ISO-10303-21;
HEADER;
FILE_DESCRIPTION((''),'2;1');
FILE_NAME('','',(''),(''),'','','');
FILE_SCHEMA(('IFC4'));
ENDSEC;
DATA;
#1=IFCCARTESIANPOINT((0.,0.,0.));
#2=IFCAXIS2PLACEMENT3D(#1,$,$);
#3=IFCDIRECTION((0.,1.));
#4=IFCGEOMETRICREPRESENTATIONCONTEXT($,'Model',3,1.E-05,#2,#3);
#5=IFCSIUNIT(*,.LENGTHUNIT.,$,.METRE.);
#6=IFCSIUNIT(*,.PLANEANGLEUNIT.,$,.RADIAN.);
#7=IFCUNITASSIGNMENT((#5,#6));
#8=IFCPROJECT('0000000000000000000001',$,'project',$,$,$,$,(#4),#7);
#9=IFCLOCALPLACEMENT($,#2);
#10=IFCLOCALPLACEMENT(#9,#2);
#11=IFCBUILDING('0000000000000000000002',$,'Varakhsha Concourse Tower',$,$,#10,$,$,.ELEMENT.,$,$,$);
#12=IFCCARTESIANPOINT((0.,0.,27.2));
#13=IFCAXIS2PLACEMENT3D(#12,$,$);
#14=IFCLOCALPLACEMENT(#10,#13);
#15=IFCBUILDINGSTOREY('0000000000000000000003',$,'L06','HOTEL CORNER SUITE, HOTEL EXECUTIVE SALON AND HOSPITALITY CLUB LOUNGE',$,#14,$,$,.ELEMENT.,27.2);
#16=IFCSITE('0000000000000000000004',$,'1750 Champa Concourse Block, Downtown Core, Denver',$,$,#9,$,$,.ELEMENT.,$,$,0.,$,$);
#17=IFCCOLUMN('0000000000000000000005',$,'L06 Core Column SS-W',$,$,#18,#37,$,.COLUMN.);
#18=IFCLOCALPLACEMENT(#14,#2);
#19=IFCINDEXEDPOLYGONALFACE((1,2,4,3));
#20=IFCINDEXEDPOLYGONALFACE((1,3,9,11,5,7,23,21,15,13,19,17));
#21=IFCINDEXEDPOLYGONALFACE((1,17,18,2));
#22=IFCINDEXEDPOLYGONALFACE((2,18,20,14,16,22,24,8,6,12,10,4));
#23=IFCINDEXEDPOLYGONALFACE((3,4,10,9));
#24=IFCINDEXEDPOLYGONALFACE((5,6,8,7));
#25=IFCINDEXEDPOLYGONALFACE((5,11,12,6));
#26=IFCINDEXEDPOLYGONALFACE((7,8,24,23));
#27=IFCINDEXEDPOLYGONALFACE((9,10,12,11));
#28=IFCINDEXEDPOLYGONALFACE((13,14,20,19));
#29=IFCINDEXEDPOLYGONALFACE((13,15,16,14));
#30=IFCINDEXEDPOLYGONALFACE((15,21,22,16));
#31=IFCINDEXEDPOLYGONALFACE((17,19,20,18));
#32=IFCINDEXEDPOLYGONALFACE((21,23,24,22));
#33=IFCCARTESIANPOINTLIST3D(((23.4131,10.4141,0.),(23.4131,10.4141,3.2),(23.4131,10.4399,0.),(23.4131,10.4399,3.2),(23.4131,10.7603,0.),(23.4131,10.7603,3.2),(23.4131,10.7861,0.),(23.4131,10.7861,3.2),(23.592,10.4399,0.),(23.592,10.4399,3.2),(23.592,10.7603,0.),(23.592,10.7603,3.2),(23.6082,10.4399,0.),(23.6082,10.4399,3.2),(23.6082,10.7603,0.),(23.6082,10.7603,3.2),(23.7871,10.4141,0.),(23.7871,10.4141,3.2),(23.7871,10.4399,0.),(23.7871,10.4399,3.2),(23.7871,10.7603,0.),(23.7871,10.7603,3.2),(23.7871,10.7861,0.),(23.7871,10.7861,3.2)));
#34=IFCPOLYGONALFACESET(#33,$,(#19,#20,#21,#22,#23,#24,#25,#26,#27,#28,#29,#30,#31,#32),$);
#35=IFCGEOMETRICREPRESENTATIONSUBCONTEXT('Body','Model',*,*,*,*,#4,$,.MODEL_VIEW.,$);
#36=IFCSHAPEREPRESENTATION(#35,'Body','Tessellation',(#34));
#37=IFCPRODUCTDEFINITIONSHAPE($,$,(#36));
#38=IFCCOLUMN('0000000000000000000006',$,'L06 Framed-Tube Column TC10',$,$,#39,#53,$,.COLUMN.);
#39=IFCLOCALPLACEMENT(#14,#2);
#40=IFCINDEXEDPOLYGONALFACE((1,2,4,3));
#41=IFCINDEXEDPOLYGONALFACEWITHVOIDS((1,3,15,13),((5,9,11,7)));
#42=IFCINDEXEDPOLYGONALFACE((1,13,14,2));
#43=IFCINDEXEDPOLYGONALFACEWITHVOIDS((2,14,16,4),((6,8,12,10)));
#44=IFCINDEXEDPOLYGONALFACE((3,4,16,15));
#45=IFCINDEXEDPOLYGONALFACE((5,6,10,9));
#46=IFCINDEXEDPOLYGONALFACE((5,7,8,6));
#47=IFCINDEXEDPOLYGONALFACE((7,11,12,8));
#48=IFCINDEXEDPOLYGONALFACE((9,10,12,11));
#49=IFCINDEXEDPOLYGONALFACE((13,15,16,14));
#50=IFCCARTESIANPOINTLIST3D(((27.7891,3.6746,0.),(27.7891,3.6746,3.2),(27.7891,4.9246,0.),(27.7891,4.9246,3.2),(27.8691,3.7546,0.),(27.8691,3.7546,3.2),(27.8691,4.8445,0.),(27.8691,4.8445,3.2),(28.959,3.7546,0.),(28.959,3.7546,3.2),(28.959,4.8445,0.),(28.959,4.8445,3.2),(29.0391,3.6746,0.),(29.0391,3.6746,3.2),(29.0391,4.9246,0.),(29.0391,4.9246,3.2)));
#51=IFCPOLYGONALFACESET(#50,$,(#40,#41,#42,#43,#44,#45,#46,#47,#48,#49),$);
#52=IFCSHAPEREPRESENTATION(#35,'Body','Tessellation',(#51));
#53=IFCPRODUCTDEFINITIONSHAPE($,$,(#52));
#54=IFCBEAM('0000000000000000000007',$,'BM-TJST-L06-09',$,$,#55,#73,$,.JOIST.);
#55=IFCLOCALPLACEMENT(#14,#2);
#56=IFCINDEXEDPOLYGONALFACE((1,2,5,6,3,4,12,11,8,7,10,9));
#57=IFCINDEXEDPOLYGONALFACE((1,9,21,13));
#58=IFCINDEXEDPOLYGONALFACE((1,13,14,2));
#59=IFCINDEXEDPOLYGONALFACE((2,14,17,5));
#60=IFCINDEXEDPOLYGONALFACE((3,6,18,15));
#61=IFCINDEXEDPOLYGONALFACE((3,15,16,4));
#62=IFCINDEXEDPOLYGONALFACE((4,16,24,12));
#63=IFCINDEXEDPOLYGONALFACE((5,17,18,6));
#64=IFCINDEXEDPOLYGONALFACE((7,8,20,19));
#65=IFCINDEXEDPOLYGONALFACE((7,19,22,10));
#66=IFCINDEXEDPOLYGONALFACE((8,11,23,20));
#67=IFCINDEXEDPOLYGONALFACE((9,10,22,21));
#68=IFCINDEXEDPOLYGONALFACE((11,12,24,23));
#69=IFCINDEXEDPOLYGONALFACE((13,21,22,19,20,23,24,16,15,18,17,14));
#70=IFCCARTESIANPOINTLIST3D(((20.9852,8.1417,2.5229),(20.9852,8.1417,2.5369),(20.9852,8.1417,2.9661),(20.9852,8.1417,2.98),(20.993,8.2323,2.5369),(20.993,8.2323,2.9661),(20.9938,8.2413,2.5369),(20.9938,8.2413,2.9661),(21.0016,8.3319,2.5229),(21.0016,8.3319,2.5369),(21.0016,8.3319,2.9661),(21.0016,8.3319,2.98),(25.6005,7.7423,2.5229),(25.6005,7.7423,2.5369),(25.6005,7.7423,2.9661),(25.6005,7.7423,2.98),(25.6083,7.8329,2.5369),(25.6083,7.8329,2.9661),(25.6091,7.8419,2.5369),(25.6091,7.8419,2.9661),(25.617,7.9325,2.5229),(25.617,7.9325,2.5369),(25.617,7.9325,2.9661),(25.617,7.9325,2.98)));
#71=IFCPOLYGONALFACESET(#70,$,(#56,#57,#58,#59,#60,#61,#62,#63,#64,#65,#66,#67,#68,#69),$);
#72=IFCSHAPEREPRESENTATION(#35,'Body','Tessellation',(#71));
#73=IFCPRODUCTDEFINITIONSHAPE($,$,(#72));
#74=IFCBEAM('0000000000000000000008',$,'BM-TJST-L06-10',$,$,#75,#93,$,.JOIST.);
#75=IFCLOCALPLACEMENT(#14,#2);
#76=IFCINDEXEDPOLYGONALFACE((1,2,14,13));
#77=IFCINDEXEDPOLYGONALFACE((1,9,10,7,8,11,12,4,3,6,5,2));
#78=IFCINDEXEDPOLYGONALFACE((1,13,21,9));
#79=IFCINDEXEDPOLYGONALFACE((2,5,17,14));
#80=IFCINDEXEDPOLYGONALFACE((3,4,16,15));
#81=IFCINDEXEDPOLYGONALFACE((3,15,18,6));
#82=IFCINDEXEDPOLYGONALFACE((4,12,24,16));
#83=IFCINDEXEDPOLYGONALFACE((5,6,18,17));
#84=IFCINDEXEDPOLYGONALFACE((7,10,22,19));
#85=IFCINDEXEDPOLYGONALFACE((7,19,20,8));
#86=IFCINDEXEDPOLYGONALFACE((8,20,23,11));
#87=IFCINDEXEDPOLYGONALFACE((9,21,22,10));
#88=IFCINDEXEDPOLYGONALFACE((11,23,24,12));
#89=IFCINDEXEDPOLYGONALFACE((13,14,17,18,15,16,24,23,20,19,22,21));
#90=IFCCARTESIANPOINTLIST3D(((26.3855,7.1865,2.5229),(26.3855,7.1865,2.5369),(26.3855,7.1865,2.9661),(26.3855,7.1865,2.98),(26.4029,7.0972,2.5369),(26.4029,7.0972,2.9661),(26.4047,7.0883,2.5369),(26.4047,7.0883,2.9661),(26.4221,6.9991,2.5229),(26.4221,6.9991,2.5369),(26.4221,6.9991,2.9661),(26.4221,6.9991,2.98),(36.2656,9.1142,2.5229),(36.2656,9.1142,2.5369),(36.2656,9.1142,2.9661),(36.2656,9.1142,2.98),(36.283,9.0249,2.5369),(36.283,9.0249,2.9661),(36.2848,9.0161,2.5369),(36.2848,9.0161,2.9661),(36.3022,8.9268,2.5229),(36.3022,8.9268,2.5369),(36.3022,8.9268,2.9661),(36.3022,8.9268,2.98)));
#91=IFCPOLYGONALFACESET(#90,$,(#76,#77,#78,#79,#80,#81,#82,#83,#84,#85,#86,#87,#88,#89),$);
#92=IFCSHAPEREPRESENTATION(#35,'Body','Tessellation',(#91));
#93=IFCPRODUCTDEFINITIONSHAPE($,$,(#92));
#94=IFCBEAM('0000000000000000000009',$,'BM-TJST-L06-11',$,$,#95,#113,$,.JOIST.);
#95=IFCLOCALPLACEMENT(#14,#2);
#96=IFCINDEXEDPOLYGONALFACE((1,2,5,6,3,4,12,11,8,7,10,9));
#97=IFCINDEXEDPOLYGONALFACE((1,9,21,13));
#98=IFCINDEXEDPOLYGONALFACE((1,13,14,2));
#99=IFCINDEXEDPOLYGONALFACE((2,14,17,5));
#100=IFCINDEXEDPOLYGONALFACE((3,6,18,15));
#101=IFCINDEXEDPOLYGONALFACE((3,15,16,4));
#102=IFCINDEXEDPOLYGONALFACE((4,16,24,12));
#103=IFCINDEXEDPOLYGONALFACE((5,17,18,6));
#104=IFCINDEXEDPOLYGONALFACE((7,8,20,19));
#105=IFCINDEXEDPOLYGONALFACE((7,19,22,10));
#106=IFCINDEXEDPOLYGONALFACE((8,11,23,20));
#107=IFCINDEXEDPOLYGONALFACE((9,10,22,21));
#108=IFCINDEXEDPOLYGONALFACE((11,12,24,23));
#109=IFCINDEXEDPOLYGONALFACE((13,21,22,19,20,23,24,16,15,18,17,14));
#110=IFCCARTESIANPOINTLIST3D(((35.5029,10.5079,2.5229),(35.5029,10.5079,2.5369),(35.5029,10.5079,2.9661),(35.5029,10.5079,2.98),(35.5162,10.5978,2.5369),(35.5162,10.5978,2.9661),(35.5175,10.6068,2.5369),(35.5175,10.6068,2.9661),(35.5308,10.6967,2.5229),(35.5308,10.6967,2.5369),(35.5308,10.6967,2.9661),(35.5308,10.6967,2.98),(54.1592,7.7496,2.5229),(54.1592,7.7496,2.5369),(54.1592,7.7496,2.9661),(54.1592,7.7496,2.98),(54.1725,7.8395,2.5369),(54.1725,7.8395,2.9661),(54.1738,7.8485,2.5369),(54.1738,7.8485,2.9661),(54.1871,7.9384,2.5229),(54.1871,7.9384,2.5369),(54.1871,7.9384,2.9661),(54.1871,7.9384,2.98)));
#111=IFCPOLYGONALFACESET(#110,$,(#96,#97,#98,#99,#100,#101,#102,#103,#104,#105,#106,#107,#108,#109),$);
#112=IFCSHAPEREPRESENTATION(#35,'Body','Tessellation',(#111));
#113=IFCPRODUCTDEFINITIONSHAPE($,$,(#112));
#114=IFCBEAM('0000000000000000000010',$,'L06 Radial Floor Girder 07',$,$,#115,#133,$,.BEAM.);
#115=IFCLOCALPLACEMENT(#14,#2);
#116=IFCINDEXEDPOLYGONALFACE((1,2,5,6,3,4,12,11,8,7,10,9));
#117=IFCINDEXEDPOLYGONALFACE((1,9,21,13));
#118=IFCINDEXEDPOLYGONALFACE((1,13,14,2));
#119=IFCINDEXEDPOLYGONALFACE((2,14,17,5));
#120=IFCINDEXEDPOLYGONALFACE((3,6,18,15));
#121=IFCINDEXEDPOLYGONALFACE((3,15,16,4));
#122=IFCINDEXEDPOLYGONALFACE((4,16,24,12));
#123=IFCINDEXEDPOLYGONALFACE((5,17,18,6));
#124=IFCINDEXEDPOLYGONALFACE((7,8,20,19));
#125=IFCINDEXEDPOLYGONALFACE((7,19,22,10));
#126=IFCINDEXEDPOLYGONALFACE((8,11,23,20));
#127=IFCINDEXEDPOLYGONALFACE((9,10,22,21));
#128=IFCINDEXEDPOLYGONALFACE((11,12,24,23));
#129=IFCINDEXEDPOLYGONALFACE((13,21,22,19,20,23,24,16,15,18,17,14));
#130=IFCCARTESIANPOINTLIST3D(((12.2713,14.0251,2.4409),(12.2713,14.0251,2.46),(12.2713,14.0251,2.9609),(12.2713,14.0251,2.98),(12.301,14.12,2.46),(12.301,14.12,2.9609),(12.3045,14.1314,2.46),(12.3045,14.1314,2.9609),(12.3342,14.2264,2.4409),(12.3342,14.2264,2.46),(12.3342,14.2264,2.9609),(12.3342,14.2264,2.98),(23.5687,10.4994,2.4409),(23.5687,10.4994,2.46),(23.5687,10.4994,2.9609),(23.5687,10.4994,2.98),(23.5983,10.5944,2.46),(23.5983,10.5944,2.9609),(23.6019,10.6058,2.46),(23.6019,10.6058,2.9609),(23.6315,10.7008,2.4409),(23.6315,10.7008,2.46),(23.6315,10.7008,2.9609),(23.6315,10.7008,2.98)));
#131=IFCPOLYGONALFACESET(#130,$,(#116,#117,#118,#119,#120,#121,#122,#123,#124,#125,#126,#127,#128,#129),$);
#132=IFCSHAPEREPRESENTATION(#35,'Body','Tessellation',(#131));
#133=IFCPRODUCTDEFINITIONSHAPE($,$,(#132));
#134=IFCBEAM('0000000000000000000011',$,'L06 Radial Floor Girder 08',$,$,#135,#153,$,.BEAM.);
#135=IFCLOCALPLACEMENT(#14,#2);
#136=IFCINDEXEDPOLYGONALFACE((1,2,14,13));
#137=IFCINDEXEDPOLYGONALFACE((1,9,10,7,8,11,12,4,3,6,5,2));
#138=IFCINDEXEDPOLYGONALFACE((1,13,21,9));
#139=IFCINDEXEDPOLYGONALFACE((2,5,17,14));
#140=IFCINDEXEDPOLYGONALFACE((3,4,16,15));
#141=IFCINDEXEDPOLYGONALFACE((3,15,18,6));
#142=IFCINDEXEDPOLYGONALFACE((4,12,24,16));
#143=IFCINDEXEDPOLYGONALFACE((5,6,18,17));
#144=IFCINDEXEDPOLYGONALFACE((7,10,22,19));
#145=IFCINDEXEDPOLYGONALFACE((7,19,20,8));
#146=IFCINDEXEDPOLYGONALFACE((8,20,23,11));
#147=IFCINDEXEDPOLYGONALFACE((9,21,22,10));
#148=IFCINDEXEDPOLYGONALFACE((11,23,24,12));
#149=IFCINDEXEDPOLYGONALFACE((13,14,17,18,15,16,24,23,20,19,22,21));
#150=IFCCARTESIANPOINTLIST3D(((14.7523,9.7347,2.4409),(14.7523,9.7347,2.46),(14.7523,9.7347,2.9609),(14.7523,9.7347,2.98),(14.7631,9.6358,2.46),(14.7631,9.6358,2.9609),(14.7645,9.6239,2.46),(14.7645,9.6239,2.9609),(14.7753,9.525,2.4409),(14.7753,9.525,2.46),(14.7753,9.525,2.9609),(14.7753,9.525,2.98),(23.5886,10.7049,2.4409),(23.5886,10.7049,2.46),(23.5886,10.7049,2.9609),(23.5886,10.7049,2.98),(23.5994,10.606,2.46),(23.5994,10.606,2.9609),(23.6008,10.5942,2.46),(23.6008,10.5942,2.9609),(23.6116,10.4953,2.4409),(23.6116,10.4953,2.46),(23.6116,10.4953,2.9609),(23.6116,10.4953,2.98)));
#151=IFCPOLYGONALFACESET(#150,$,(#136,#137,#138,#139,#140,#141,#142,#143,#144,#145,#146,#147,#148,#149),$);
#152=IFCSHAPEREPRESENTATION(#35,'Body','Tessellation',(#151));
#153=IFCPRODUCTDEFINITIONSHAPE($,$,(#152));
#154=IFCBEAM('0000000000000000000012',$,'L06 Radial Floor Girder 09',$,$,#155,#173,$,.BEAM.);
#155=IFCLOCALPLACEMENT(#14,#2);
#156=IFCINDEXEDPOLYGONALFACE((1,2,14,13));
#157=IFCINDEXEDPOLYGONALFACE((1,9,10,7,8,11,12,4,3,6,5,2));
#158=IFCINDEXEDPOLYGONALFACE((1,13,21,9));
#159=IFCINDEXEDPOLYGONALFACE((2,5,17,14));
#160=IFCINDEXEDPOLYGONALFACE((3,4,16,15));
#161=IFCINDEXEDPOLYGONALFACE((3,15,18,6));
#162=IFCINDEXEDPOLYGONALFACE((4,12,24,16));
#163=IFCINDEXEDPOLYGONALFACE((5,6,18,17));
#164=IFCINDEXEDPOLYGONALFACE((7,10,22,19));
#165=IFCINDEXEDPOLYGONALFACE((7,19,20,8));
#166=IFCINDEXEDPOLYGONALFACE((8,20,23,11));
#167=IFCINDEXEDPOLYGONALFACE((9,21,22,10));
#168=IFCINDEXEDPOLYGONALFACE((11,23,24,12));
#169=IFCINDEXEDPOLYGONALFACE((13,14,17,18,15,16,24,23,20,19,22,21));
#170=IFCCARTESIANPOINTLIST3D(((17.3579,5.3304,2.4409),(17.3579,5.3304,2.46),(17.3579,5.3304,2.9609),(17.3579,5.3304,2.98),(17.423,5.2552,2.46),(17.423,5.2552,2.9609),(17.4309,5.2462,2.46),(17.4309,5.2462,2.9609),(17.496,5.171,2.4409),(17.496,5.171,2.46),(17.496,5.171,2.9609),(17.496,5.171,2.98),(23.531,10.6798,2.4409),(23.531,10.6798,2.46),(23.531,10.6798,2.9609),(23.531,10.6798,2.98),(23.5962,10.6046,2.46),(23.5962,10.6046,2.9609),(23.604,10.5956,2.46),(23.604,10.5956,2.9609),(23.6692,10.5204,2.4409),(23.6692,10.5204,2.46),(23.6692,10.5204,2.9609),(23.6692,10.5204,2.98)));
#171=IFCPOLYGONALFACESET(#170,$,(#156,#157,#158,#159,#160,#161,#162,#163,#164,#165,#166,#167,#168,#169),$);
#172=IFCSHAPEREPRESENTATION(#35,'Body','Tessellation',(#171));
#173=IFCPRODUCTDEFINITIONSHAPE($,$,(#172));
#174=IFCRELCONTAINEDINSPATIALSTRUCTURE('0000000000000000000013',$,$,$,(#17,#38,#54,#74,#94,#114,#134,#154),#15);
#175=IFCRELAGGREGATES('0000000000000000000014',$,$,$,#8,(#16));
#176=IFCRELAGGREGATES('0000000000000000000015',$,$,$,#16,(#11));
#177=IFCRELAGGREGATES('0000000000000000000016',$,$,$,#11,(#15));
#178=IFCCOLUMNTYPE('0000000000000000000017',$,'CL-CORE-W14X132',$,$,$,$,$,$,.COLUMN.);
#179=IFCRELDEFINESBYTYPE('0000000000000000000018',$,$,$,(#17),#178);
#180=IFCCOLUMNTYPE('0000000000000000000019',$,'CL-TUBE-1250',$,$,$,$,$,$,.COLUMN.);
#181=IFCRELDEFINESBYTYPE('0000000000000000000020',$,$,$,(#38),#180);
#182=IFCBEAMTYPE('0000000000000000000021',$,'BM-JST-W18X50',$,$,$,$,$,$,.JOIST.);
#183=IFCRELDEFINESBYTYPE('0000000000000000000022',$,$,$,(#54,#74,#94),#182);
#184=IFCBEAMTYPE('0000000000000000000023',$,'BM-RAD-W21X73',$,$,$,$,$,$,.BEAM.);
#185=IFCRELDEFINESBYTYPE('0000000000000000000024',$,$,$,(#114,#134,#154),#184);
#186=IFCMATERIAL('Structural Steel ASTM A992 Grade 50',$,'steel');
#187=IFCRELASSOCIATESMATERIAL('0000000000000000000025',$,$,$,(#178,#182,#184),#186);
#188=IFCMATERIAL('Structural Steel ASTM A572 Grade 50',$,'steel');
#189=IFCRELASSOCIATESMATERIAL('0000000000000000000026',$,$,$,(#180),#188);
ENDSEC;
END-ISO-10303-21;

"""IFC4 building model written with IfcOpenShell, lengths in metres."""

from ifc_helpers import new_model, si_unit, direction, frame, origin, origin_2d, place, context, subcontext, project, spatial, hollow_rectangle, i_section, extrude, material, material_profile, profile_set, type_object, element, save


model = new_model("IFC4")

# Units and contexts
model_context = context("Model", 3, precision=1e-05, world=origin(), true_north=direction((0.0, 1.0)))
body_context = subcontext(model_context, "Body", "Model", "MODEL_VIEW")
ifc_project = project(units=[si_unit("LENGTHUNIT", "METRE"), si_unit("PLANEANGLEUNIT", "RADIAN")], contexts=[model_context])

# Site, building, storey
site_placement = place(None, origin())
site = spatial("IfcSite", under=ifc_project, at=site_placement, Name="1750 Champa Concourse Block, Downtown Core, Denver", CompositionType="ELEMENT", RefElevation=0.0)
building_placement = place(site_placement, origin())
building = spatial("IfcBuilding", under=site, at=building_placement, Name="Varakhsha Concourse Tower", CompositionType="ELEMENT")
storey_placement = place(building_placement, frame((0.0, 0.0, 27.2)))
storey = spatial("IfcBuildingStorey", under=building, at=storey_placement, Name="L06", Description="HOTEL CORNER SUITE, HOTEL EXECUTIVE SALON AND HOSPITALITY CLUB LOUNGE", CompositionType="ELEMENT", Elevation=27.2)

# Columns
ifc_material_1 = material(Name="Structural Steel ASTM A992 Grade 50", Category="steel")
ifc_material_profile_1 = material_profile(ifc_material_1, i_section(OverallWidth=0.374, OverallDepth=0.3721, WebThickness=0.0161, FlangeThickness=0.0259, at=origin_2d()), Name="W14X132")
ifc_profile_set_1 = profile_set([ifc_material_profile_1], Name="Structural Steel ASTM A992 Grade 50")
column_type_1 = type_object("IfcColumnType", Name="CL-CORE-W14X132", PredefinedType="COLUMN", material=ifc_profile_set_1)
column_1_placement = place(storey_placement, frame((23.6001, 10.6001, 0.0), z_axis=(0.0, 0.0, 1.0), x_axis=(1.0, 0.0, 0.0)))
element("IfcColumn", 1, at=column_1_placement, inside=storey, type_object=column_type_1, Name="L06 Core Column SS-W", PredefinedType="COLUMN", context=body_context, shape_type="SweptSolid", body=[
    extrude(i_section(OverallWidth=0.374, OverallDepth=0.3721, WebThickness=0.0161, FlangeThickness=0.0259, at=origin_2d()), origin(), (0.0, 0.0, 1.0), 3.2),
])
ifc_material_2 = material(Name="Structural Steel ASTM A572 Grade 50", Category="steel")
ifc_material_profile_2 = material_profile(ifc_material_2, hollow_rectangle(XDim=1.25, YDim=1.25, WallThickness=0.0801, at=origin_2d()), Name="BOX 1250x1250x80")
ifc_profile_set_2 = profile_set([ifc_material_profile_2], Name="Structural Steel ASTM A572 Grade 50")
column_type_2 = type_object("IfcColumnType", Name="CL-TUBE-1250", PredefinedType="COLUMN", material=ifc_profile_set_2)
column_2_placement = place(storey_placement, frame((28.4141, 4.2996, 0.0), z_axis=(0.0, 0.0, 1.0), x_axis=(1.0, 0.0, 0.0)))
element("IfcColumn", 2, at=column_2_placement, inside=storey, type_object=column_type_2, Name="L06 Framed-Tube Column TC10", PredefinedType="COLUMN", context=body_context, shape_type="SweptSolid", body=[
    extrude(hollow_rectangle(XDim=1.25, YDim=1.25, WallThickness=0.0801, at=origin_2d()), origin(), (0.0, 0.0, 1.0), 3.2),
])

# Beams
ifc_material_profile_3 = material_profile(ifc_material_1, i_section(OverallWidth=0.1909, OverallDepth=0.457, WebThickness=0.009, FlangeThickness=0.0139, at=origin_2d()), Name="W18X50")
ifc_profile_set_3 = profile_set([ifc_material_profile_3], Name="Structural Steel ASTM A992 Grade 50")
beam_type_1 = type_object("IfcBeamType", Name="BM-JST-W18X50", PredefinedType="JOIST", material=ifc_profile_set_3)
beam_1_placement = place(storey_placement, frame((20.9934, 8.2368, 2.7515), z_axis=(0.996276, -0.08622, 0.0), x_axis=(0.08622, 0.996276, 0.0)))
element("IfcBeam", 3, at=beam_1_placement, inside=storey, type_object=beam_type_1, Name="BM-TJST-L06-09", PredefinedType="JOIST", context=body_context, shape_type="SweptSolid", body=[
    extrude(i_section(OverallWidth=0.1909, OverallDepth=0.457, WebThickness=0.009, FlangeThickness=0.0139, at=origin_2d()), origin(), (0.0, 0.0, 1.0), 4.6326),
])
beam_2_placement = place(storey_placement, frame((26.4038, 7.0928, 2.7515), z_axis=(0.981492, 0.191501, 0.0), x_axis=(-0.191501, 0.981492, 0.0)))
element("IfcBeam", 4, at=beam_2_placement, inside=storey, type_object=beam_type_1, Name="BM-TJST-L06-10", PredefinedType="JOIST", context=body_context, shape_type="SweptSolid", body=[
    extrude(i_section(OverallWidth=0.1909, OverallDepth=0.457, WebThickness=0.009, FlangeThickness=0.0139, at=origin_2d()), origin(), (0.0, 0.0, 1.0), 10.0664),
])
beam_3_placement = place(storey_placement, frame((35.5168, 10.6023, 2.7515), z_axis=(0.989246, -0.146259, 0.0), x_axis=(0.146259, 0.989246, 0.0)))
element("IfcBeam", 5, at=beam_3_placement, inside=storey, type_object=beam_type_1, Name="BM-TJST-L06-11", PredefinedType="JOIST", context=body_context, shape_type="SweptSolid", body=[
    extrude(i_section(OverallWidth=0.1909, OverallDepth=0.457, WebThickness=0.009, FlangeThickness=0.0139, at=origin_2d()), origin(), (0.0, 0.0, 1.0), 18.8591),
])
ifc_material_profile_4 = material_profile(ifc_material_1, i_section(OverallWidth=0.2109, OverallDepth=0.5391, WebThickness=0.012, FlangeThickness=0.019, at=origin_2d()), Name="W21X73")
ifc_profile_set_4 = profile_set([ifc_material_profile_4], Name="Structural Steel ASTM A992 Grade 50")
beam_type_2 = type_object("IfcBeamType", Name="BM-RAD-W21X73", PredefinedType="BEAM", material=ifc_profile_set_4)
beam_4_placement = place(storey_placement, frame((23.6001, 10.6001, 2.7104), z_axis=(-0.954595, 0.297906, 0.0), x_axis=(-0.297906, -0.954595, 0.0)))
element("IfcBeam", 6, at=beam_4_placement, inside=storey, type_object=beam_type_2, Name="L06 Radial Floor Girder 07", PredefinedType="BEAM", context=body_context, shape_type="SweptSolid", body=[
    extrude(i_section(OverallWidth=0.2109, OverallDepth=0.5391, WebThickness=0.012, FlangeThickness=0.019, at=origin_2d()), origin(), (0.0, 0.0, 1.0), 11.8347),
])
beam_5_placement = place(storey_placement, frame((23.6001, 10.6001, 2.7104), z_axis=(-0.994026, -0.109144, 0.0), x_axis=(0.109144, -0.994026, 0.0)))
element("IfcBeam", 7, at=beam_5_placement, inside=storey, type_object=beam_type_2, Name="L06 Radial Floor Girder 08", PredefinedType="BEAM", context=body_context, shape_type="SweptSolid", body=[
    extrude(i_section(OverallWidth=0.2109, OverallDepth=0.5391, WebThickness=0.012, FlangeThickness=0.019, at=origin_2d()), origin(), (0.0, 0.0, 1.0), 8.8894),
])
beam_6_placement = place(storey_placement, frame((23.6001, 10.6001, 2.7104), z_axis=(-0.755729, -0.654885, 0.0), x_axis=(0.654885, -0.755729, 0.0)))
element("IfcBeam", 8, at=beam_6_placement, inside=storey, type_object=beam_type_2, Name="L06 Radial Floor Girder 09", PredefinedType="BEAM", context=body_context, shape_type="SweptSolid", body=[
    extrude(i_section(OverallWidth=0.2109, OverallDepth=0.5391, WebThickness=0.012, FlangeThickness=0.019, at=origin_2d()), origin(), (0.0, 0.0, 1.0), 8.1685),
])

save(model, "model.ifc")
